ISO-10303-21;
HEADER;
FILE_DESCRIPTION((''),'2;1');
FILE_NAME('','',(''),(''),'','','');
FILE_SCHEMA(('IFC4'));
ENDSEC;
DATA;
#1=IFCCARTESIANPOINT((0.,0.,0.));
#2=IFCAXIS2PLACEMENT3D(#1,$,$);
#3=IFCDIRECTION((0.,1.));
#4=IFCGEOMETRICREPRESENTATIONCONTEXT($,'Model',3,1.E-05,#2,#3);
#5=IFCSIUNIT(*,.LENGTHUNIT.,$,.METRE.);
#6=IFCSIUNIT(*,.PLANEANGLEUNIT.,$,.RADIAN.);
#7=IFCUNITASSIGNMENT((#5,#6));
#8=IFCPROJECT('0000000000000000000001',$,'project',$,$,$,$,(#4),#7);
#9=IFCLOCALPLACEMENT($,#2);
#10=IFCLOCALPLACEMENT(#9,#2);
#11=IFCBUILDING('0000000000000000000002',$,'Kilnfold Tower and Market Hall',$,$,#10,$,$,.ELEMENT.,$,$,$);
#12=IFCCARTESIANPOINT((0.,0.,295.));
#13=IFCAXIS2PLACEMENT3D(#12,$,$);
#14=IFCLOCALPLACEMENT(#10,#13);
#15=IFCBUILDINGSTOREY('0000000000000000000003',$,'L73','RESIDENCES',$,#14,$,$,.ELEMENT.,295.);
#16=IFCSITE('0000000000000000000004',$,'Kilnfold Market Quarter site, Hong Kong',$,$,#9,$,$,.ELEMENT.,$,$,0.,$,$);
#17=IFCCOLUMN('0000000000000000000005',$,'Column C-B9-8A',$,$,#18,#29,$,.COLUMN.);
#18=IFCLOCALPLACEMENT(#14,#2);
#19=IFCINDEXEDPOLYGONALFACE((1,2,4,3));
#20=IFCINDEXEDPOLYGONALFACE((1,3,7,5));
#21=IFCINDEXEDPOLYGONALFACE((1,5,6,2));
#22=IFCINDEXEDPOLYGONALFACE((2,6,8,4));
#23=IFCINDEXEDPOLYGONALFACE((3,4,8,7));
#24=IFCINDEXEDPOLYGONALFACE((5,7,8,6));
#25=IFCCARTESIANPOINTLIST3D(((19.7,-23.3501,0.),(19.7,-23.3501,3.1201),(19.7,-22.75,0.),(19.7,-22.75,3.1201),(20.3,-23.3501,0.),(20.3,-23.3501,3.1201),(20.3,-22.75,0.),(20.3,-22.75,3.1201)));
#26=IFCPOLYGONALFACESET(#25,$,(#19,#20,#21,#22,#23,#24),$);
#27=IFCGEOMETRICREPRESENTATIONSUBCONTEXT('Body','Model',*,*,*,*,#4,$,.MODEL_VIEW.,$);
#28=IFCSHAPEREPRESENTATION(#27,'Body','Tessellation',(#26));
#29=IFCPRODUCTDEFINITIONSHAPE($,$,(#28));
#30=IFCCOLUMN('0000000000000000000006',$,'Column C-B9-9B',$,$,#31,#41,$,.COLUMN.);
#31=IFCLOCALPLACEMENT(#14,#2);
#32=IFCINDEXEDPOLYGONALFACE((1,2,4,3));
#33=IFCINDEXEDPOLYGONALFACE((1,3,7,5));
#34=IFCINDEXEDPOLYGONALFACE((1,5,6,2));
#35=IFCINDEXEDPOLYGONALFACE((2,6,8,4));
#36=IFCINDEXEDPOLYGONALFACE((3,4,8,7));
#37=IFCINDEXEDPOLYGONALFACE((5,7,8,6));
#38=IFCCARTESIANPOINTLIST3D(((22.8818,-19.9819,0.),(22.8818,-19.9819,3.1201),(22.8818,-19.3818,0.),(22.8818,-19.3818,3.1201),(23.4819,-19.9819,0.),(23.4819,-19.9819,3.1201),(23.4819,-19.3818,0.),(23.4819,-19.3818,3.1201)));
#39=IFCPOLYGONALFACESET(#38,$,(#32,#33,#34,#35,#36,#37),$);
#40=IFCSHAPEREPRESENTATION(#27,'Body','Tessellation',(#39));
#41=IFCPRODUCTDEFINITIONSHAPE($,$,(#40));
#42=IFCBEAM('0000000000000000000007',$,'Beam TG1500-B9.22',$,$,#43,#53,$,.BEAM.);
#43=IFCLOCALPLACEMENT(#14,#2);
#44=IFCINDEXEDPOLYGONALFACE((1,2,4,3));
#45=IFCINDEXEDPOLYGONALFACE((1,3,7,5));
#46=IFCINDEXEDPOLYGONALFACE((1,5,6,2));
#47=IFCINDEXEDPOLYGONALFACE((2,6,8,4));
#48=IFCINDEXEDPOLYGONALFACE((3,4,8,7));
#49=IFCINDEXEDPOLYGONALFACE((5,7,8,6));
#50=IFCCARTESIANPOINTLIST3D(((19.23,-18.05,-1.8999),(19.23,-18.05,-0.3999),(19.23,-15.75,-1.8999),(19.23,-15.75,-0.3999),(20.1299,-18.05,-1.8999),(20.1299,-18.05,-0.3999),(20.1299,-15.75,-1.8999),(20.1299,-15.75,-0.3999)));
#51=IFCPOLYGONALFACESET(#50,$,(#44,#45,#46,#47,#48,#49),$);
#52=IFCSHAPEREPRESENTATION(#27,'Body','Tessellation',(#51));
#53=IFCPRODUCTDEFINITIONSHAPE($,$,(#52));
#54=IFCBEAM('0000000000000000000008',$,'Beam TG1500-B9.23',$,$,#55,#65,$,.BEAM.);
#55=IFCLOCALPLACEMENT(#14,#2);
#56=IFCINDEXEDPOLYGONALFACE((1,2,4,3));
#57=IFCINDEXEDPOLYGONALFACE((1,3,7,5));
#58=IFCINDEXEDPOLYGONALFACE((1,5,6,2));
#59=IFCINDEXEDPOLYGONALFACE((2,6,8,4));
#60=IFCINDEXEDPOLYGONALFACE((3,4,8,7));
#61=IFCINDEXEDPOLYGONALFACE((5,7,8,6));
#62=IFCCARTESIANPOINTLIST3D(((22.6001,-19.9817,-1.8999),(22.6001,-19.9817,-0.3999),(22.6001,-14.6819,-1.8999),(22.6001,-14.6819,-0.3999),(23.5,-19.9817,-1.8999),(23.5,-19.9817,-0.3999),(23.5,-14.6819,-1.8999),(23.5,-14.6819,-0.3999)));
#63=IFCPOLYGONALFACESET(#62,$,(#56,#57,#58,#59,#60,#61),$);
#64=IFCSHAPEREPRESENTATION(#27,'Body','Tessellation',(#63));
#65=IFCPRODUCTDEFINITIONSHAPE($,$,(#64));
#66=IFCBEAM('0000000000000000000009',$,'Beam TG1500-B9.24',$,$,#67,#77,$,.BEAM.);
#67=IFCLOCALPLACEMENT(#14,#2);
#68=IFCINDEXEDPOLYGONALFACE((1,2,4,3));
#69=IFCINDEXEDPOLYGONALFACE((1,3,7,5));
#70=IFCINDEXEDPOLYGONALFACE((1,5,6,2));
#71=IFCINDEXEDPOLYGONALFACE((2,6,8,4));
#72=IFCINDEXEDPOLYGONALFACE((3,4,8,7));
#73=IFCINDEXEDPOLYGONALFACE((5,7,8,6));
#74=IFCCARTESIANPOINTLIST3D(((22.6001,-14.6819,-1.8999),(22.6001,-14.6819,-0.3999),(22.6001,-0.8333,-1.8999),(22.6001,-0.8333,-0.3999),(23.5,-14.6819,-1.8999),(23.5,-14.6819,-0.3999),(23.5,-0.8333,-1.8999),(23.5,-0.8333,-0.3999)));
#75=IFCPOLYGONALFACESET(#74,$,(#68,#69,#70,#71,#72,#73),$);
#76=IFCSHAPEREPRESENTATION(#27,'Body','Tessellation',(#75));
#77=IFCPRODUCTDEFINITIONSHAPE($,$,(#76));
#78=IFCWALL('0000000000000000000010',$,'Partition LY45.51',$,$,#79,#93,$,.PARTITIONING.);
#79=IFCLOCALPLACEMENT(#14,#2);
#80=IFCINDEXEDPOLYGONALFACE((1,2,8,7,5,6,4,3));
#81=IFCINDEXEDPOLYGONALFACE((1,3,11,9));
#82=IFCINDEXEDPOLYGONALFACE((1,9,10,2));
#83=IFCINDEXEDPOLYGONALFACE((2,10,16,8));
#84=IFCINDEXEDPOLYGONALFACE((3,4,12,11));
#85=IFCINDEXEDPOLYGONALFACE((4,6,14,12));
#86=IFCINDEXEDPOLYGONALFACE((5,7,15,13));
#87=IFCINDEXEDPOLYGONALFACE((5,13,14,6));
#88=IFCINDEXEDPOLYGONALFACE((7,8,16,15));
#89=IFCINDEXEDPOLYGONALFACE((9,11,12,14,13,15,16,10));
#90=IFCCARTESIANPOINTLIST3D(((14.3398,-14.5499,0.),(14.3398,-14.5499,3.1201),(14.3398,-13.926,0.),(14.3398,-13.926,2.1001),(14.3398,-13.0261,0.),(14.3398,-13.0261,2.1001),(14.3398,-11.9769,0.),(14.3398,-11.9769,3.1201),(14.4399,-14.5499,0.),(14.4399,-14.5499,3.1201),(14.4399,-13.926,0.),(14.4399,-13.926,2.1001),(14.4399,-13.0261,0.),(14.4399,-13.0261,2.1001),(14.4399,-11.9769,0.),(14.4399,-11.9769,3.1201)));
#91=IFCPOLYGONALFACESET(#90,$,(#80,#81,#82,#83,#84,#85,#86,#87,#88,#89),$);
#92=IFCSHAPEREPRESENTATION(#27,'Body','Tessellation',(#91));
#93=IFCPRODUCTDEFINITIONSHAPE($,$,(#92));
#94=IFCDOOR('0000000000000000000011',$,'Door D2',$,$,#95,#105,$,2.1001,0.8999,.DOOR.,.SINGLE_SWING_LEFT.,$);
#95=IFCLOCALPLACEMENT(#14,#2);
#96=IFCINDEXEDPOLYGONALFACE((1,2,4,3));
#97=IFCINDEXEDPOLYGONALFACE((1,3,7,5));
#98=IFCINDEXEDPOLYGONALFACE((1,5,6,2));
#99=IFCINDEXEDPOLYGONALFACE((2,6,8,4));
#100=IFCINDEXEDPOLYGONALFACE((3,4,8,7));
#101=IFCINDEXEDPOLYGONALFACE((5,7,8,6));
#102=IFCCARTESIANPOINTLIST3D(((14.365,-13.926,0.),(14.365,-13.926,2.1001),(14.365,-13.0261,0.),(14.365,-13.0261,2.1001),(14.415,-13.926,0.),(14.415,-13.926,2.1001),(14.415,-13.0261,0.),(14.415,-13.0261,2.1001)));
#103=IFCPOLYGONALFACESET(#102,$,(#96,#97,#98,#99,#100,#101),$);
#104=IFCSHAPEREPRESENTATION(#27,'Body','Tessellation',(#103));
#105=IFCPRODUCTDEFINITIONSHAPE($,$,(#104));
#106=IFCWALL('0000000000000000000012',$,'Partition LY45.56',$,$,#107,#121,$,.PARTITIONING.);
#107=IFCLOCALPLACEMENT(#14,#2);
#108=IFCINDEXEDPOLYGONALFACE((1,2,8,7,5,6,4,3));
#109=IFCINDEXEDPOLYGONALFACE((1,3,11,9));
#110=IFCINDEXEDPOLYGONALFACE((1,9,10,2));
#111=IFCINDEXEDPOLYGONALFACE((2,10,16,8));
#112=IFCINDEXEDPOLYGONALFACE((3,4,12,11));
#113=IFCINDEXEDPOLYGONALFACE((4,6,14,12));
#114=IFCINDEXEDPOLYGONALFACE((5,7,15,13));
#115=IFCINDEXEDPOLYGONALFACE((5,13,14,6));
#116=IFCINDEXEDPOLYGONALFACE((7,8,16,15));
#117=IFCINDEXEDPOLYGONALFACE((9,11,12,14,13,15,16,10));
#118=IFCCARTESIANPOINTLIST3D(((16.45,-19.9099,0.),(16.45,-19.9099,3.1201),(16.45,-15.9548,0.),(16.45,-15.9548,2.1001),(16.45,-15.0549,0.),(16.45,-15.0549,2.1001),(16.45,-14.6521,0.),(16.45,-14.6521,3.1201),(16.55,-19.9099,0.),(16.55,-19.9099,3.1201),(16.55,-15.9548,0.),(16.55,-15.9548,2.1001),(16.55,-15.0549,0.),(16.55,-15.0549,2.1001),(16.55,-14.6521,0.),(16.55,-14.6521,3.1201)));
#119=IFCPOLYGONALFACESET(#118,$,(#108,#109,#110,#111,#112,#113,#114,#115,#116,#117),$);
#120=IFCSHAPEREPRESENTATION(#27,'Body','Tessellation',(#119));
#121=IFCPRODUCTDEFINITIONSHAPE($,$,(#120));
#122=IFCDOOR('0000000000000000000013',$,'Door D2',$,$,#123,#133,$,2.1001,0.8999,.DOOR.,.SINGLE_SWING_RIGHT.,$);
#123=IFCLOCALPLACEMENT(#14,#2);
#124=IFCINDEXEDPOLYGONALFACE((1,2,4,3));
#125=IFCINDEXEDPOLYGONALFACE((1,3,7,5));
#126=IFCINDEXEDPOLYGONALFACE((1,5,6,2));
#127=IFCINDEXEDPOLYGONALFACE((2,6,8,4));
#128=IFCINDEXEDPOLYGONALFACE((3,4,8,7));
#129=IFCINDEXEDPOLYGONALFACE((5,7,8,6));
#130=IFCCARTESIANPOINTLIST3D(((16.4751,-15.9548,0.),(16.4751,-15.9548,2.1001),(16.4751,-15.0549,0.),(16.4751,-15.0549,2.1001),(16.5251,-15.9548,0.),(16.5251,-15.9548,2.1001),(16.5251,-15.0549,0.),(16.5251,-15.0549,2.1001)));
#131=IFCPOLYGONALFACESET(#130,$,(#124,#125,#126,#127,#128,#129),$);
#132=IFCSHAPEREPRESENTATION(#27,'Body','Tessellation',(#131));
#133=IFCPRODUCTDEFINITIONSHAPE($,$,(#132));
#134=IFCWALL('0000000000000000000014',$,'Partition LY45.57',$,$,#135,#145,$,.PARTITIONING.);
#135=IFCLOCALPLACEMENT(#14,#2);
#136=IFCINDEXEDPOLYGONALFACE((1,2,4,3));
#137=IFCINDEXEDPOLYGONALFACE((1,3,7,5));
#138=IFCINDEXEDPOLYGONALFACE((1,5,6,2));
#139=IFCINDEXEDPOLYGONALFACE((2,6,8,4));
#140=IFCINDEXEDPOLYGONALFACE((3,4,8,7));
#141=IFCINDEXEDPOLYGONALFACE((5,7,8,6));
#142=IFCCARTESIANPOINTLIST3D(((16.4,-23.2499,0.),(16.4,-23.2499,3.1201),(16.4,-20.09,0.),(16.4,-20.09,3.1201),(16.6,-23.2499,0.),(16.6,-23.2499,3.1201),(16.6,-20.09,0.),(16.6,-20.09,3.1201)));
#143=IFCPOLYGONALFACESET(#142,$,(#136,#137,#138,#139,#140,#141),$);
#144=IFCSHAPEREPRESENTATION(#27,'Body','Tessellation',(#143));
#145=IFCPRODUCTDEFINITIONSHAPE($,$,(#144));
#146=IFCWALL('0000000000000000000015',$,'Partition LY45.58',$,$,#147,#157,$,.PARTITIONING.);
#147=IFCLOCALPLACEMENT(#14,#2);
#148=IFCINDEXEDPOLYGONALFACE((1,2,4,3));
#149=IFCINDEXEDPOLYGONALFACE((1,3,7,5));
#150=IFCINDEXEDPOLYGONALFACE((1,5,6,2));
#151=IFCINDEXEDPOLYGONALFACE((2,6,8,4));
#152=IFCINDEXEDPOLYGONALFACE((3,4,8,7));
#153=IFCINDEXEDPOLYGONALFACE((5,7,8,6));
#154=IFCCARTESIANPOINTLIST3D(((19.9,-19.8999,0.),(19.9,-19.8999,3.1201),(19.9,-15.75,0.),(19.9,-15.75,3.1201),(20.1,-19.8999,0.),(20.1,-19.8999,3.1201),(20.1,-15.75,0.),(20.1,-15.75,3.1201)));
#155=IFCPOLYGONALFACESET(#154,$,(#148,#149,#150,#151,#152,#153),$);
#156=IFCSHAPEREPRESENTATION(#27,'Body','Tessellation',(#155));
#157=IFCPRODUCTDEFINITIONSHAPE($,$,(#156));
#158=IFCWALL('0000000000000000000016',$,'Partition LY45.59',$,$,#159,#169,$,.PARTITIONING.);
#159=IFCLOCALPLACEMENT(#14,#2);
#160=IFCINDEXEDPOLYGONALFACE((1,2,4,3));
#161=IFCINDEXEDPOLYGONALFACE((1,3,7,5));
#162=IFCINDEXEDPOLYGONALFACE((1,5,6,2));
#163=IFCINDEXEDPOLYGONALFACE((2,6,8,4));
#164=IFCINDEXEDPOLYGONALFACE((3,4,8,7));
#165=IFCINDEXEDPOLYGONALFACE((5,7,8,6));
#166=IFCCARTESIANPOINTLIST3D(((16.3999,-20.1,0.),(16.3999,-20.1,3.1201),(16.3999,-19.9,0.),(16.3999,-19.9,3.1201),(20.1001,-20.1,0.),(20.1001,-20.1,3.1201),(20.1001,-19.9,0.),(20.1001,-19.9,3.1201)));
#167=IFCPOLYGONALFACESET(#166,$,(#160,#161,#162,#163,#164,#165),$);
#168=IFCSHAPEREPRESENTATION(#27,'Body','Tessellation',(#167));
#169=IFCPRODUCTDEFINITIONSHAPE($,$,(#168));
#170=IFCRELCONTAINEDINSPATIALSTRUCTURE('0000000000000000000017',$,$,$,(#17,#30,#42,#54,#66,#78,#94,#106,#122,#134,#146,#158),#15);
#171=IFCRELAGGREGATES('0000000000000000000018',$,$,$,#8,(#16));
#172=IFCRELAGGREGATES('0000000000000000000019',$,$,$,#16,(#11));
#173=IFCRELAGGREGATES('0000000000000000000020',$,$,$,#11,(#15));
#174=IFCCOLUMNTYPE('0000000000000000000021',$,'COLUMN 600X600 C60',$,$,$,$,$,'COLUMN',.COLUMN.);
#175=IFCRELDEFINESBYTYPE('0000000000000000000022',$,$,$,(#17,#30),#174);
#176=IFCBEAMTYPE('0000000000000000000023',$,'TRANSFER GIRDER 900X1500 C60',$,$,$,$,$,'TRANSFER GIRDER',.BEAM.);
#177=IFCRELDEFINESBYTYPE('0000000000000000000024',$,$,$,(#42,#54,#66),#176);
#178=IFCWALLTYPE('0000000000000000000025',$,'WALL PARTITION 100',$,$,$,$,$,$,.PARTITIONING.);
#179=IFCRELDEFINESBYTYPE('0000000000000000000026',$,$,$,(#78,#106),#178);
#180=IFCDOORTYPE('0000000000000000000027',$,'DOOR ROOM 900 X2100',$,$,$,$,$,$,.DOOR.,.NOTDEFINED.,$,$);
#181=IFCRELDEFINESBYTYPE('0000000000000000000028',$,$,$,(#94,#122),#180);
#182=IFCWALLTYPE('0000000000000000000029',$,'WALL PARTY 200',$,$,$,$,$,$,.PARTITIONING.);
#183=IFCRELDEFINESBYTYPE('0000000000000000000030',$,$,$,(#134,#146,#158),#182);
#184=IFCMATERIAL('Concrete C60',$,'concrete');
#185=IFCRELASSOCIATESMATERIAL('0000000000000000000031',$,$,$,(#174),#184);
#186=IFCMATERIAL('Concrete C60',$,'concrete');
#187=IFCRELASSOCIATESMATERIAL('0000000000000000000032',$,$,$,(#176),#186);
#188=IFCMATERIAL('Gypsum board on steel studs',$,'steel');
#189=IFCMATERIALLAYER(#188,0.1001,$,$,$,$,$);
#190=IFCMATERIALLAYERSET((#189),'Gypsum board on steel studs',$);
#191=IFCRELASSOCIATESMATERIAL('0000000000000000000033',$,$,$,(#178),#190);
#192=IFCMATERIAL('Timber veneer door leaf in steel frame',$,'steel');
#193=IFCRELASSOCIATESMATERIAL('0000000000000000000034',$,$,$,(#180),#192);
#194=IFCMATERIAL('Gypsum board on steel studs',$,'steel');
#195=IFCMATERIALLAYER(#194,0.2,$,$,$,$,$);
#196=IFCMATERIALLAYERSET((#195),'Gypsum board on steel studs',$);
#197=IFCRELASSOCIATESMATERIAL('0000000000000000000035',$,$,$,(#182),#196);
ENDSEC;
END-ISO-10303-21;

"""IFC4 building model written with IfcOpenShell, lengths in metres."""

from ifc_helpers import new_model, si_unit, direction, frame, frame_2d, origin, origin_2d, place, context, subcontext, project, spatial, rectangle, extrude, source, transform, mapped, material, layer, layer_set, material_profile, profile_set, type_object, element, fill, save


model = new_model("IFC4")

# Units and contexts
model_context = context("Model", 3, precision=1e-05, world=origin(), true_north=direction((0.0, 1.0)))
body_context = subcontext(model_context, "Body", "Model", "MODEL_VIEW")
ifc_project = project(units=[si_unit("LENGTHUNIT", "METRE"), si_unit("PLANEANGLEUNIT", "RADIAN")], contexts=[model_context])

# Site, building, storey
site_placement = place(None, origin())
site = spatial("IfcSite", under=ifc_project, at=site_placement, Name="Kilnfold Market Quarter site, Hong Kong", CompositionType="ELEMENT", RefElevation=0.0)
building_placement = place(site_placement, origin())
building = spatial("IfcBuilding", under=site, at=building_placement, Name="Kilnfold Tower and Market Hall", CompositionType="ELEMENT")
storey_placement = place(building_placement, frame((0.0, 0.0, 295.0)))
storey = spatial("IfcBuildingStorey", under=building, at=storey_placement, Name="L73", Description="RESIDENCES", CompositionType="ELEMENT", Elevation=295.0)

# Columns
ifc_material_1 = material(Name="Concrete C60", Category="concrete")
ifc_material_profile_1 = material_profile(ifc_material_1, rectangle(XDim=0.6001, YDim=0.6001, at=origin_2d()), Name="RC 600x600")
ifc_profile_set_1 = profile_set([ifc_material_profile_1], Name="Concrete C60")
column_type = type_object("IfcColumnType", Name="COLUMN 600X600 C60", ElementType="COLUMN", PredefinedType="COLUMN", material=ifc_profile_set_1)
shared_shape_1 = source(origin(), body_context, "Body", "SweptSolid", [
    extrude(rectangle(XDim=0.6001, YDim=0.6001, at=origin_2d()), origin(), (0.0, 0.0, 1.0), 3.1201),
])
for number, where, z_axis, x_axis, name in (
    (1, (20.0, -23.05, 0.0), (0.0, 0.0, 1.0), (1.0, 0.0, 0.0), "Column C-B9-8A"),
    (2, (23.1819, -19.6819, 0.0), (0.0, 0.0, 1.0), (1.0, 0.0, 0.0), "Column C-B9-9B"),
):
    element("IfcColumn", number, at=place(storey_placement, frame(where, z_axis=z_axis, x_axis=x_axis)), inside=storey, type_object=column_type, Name=name, PredefinedType="COLUMN", context=body_context, shape_type="MappedRepresentation", body=[
        mapped(shared_shape_1, transform((0.0, 0.0, 0.0))),
    ])

# Beams
ifc_material_2 = material(Name="Concrete C60", Category="concrete")
ifc_material_profile_2 = material_profile(ifc_material_2, rectangle(XDim=0.8999, YDim=1.5, at=origin_2d()), Name="RC 900x1500")
ifc_profile_set_2 = profile_set([ifc_material_profile_2], Name="Concrete C60")
beam_type = type_object("IfcBeamType", Name="TRANSFER GIRDER 900X1500 C60", ElementType="TRANSFER GIRDER", PredefinedType="BEAM", material=ifc_profile_set_2)
shared_shape_2 = source(origin(), body_context, "Body", "SweptSolid", [
    extrude(rectangle(XDim=0.8999, YDim=1.5, at=origin_2d()), origin(), (0.0, 0.0, 1.0), 2.3),
])
beam_1_placement = place(storey_placement, frame((19.6799, -18.05, -1.1499), z_axis=(0.0, 1.0, 0.0), x_axis=(-1.0, 0.0, 0.0)))
element("IfcBeam", 3, at=beam_1_placement, inside=storey, type_object=beam_type, Name="Beam TG1500-B9.22", PredefinedType="BEAM", context=body_context, shape_type="MappedRepresentation", body=[
    mapped(shared_shape_2, transform((0.0, 0.0, 0.0))),
])
shared_shape_3 = source(origin(), body_context, "Body", "SweptSolid", [
    extrude(rectangle(XDim=0.8999, YDim=1.5, at=origin_2d()), origin(), (0.0, 0.0, 1.0), 5.2998),
])
beam_2_placement = place(storey_placement, frame((23.05, -19.9817, -1.1499), z_axis=(0.0, 1.0, 0.0), x_axis=(-1.0, 0.0, 0.0)))
element("IfcBeam", 4, at=beam_2_placement, inside=storey, type_object=beam_type, Name="Beam TG1500-B9.23", PredefinedType="BEAM", context=body_context, shape_type="MappedRepresentation", body=[
    mapped(shared_shape_3, transform((0.0, 0.0, 0.0))),
])
shared_shape_4 = source(origin(), body_context, "Body", "SweptSolid", [
    extrude(rectangle(XDim=0.8999, YDim=1.5, at=origin_2d()), origin(), (0.0, 0.0, 1.0), 13.8486),
])
beam_3_placement = place(storey_placement, frame((23.05, -14.6819, -1.1499), z_axis=(0.0, 1.0, 0.0), x_axis=(-1.0, 0.0, 0.0)))
element("IfcBeam", 5, at=beam_3_placement, inside=storey, type_object=beam_type, Name="Beam TG1500-B9.24", PredefinedType="BEAM", context=body_context, shape_type="MappedRepresentation", body=[
    mapped(shared_shape_4, transform((0.0, 0.0, 0.0))),
])

# Walls, openings, doors
ifc_material_3 = material(Name="Gypsum board on steel studs", Category="steel")
ifc_layer_1 = layer(ifc_material_3, 0.1001)
ifc_layer_set_1 = layer_set([ifc_layer_1], Name="Gypsum board on steel studs")
wall_type_1 = type_object("IfcWallType", Name="WALL PARTITION 100", PredefinedType="PARTITIONING", material=ifc_layer_set_1)
wall_1_placement = place(storey_placement, frame((14.3899, -14.55, 0.0), z_axis=(0.0, 0.0, 1.0), x_axis=(0.0, 1.0, 0.0)))
wall_1 = element("IfcWall", 6, at=wall_1_placement, inside=storey, type_object=wall_type_1, Name="Partition LY45.51", PredefinedType="PARTITIONING", context=body_context, shape_type="SweptSolid", body=[
    extrude(rectangle(XDim=2.573, YDim=0.1001, at=frame_2d((1.2866, 0.0))), origin(), (0.0, 0.0, 1.0), 3.1201),
])
opening_1_placement = place(wall_1_placement, frame((0.624, 0.0, 0.0)))
opening_1 = element("IfcOpeningElement", 7, at=opening_1_placement, cuts=wall_1, PredefinedType="OPENING", context=body_context, shape_type="SweptSolid", body=[
    extrude(rectangle(XDim=0.8999, YDim=2.1001, at=frame_2d((0.45, 1.05))), frame((0.0, 0.0601, 0.0), z_axis=(0.0, -1.0, 0.0), x_axis=(1.0, 0.0, 0.0)), (0.0, 0.0, 1.0), 0.1201),
])
ifc_material_4 = material(Name="Timber veneer door leaf in steel frame", Category="steel")
door_type = type_object("IfcDoorType", Name="DOOR ROOM 900 X2100", OperationType="NOTDEFINED", PredefinedType="DOOR", material=ifc_material_4)
door_1_placement = place(opening_1_placement, origin())
door_1 = element("IfcDoor", 8, at=door_1_placement, inside=storey, type_object=door_type, Name="Door D2", OperationType="SINGLE_SWING_LEFT", OverallHeight=2.1001, OverallWidth=0.8999, PredefinedType="DOOR", context=body_context, shape_type="SweptSolid", body=[
    extrude(rectangle(XDim=0.8999, YDim=2.1001, at=frame_2d((0.45, 1.05))), frame((0.0, 0.0249, 0.0), z_axis=(0.0, -1.0, 0.0), x_axis=(1.0, 0.0, 0.0)), (0.0, 0.0, 1.0), 0.05),
])
fill(opening_1, door_1)
wall_2_placement = place(storey_placement, frame((16.5, -19.9099, 0.0), z_axis=(0.0, 0.0, 1.0), x_axis=(0.0, 1.0, 0.0)))
wall_2 = element("IfcWall", 9, at=wall_2_placement, inside=storey, type_object=wall_type_1, Name="Partition LY45.56", PredefinedType="PARTITIONING", context=body_context, shape_type="SweptSolid", body=[
    extrude(rectangle(XDim=5.2578, YDim=0.1001, at=frame_2d((2.6289, 0.0))), origin(), (0.0, 0.0, 1.0), 3.1201),
])
opening_2_placement = place(wall_2_placement, frame((3.9551, 0.0, 0.0)))
opening_2 = element("IfcOpeningElement", 10, at=opening_2_placement, cuts=wall_2, PredefinedType="OPENING", context=body_context, shape_type="SweptSolid", body=[
    extrude(rectangle(XDim=0.8999, YDim=2.1001, at=frame_2d((0.45, 1.05))), frame((0.0, 0.0601, 0.0), z_axis=(0.0, -1.0, 0.0), x_axis=(1.0, 0.0, 0.0)), (0.0, 0.0, 1.0), 0.1201),
])
door_2_placement = place(opening_2_placement, origin())
door_2 = element("IfcDoor", 11, at=door_2_placement, inside=storey, type_object=door_type, Name="Door D2", OperationType="SINGLE_SWING_RIGHT", OverallHeight=2.1001, OverallWidth=0.8999, PredefinedType="DOOR", context=body_context, shape_type="SweptSolid", body=[
    extrude(rectangle(XDim=0.8999, YDim=2.1001, at=frame_2d((0.45, 1.05))), frame((0.0, 0.0249, 0.0), z_axis=(0.0, -1.0, 0.0), x_axis=(1.0, 0.0, 0.0)), (0.0, 0.0, 1.0), 0.05),
])
fill(opening_2, door_2)

# Walls
ifc_material_5 = material(Name="Gypsum board on steel studs", Category="steel")
ifc_layer_2 = layer(ifc_material_5, 0.2)
ifc_layer_set_2 = layer_set([ifc_layer_2], Name="Gypsum board on steel studs")
wall_type_2 = type_object("IfcWallType", Name="WALL PARTY 200", PredefinedType="PARTITIONING", material=ifc_layer_set_2)
wall_3_placement = place(storey_placement, frame((16.5, -23.25, 0.0), z_axis=(0.0, 0.0, 1.0), x_axis=(0.0, 1.0, 0.0)))
element("IfcWall", 12, at=wall_3_placement, inside=storey, type_object=wall_type_2, Name="Partition LY45.57", PredefinedType="PARTITIONING", context=body_context, shape_type="SweptSolid", body=[
    extrude(rectangle(XDim=3.1599, YDim=0.2, at=frame_2d((1.5801, 0.0))), origin(), (0.0, 0.0, 1.0), 3.1201),
])
wall_4_placement = place(storey_placement, frame((20.0, -19.8999, 0.0), z_axis=(0.0, 0.0, 1.0), x_axis=(0.0, 1.0, 0.0)))
element("IfcWall", 13, at=wall_4_placement, inside=storey, type_object=wall_type_2, Name="Partition LY45.58", PredefinedType="PARTITIONING", context=body_context, shape_type="SweptSolid", body=[
    extrude(rectangle(XDim=4.1499, YDim=0.2, at=frame_2d((2.075, 0.0))), origin(), (0.0, 0.0, 1.0), 3.1201),
])
wall_5_placement = place(storey_placement, frame((16.3999, -20.0, 0.0), z_axis=(0.0, 0.0, 1.0), x_axis=(1.0, 0.0, 0.0)))
element("IfcWall", 14, at=wall_5_placement, inside=storey, type_object=wall_type_2, Name="Partition LY45.59", PredefinedType="PARTITIONING", context=body_context, shape_type="SweptSolid", body=[
    extrude(rectangle(XDim=3.7002, YDim=0.2, at=frame_2d((1.8501, 0.0))), origin(), (0.0, 0.0, 1.0), 3.1201),
])

save(model, "model.ifc")
